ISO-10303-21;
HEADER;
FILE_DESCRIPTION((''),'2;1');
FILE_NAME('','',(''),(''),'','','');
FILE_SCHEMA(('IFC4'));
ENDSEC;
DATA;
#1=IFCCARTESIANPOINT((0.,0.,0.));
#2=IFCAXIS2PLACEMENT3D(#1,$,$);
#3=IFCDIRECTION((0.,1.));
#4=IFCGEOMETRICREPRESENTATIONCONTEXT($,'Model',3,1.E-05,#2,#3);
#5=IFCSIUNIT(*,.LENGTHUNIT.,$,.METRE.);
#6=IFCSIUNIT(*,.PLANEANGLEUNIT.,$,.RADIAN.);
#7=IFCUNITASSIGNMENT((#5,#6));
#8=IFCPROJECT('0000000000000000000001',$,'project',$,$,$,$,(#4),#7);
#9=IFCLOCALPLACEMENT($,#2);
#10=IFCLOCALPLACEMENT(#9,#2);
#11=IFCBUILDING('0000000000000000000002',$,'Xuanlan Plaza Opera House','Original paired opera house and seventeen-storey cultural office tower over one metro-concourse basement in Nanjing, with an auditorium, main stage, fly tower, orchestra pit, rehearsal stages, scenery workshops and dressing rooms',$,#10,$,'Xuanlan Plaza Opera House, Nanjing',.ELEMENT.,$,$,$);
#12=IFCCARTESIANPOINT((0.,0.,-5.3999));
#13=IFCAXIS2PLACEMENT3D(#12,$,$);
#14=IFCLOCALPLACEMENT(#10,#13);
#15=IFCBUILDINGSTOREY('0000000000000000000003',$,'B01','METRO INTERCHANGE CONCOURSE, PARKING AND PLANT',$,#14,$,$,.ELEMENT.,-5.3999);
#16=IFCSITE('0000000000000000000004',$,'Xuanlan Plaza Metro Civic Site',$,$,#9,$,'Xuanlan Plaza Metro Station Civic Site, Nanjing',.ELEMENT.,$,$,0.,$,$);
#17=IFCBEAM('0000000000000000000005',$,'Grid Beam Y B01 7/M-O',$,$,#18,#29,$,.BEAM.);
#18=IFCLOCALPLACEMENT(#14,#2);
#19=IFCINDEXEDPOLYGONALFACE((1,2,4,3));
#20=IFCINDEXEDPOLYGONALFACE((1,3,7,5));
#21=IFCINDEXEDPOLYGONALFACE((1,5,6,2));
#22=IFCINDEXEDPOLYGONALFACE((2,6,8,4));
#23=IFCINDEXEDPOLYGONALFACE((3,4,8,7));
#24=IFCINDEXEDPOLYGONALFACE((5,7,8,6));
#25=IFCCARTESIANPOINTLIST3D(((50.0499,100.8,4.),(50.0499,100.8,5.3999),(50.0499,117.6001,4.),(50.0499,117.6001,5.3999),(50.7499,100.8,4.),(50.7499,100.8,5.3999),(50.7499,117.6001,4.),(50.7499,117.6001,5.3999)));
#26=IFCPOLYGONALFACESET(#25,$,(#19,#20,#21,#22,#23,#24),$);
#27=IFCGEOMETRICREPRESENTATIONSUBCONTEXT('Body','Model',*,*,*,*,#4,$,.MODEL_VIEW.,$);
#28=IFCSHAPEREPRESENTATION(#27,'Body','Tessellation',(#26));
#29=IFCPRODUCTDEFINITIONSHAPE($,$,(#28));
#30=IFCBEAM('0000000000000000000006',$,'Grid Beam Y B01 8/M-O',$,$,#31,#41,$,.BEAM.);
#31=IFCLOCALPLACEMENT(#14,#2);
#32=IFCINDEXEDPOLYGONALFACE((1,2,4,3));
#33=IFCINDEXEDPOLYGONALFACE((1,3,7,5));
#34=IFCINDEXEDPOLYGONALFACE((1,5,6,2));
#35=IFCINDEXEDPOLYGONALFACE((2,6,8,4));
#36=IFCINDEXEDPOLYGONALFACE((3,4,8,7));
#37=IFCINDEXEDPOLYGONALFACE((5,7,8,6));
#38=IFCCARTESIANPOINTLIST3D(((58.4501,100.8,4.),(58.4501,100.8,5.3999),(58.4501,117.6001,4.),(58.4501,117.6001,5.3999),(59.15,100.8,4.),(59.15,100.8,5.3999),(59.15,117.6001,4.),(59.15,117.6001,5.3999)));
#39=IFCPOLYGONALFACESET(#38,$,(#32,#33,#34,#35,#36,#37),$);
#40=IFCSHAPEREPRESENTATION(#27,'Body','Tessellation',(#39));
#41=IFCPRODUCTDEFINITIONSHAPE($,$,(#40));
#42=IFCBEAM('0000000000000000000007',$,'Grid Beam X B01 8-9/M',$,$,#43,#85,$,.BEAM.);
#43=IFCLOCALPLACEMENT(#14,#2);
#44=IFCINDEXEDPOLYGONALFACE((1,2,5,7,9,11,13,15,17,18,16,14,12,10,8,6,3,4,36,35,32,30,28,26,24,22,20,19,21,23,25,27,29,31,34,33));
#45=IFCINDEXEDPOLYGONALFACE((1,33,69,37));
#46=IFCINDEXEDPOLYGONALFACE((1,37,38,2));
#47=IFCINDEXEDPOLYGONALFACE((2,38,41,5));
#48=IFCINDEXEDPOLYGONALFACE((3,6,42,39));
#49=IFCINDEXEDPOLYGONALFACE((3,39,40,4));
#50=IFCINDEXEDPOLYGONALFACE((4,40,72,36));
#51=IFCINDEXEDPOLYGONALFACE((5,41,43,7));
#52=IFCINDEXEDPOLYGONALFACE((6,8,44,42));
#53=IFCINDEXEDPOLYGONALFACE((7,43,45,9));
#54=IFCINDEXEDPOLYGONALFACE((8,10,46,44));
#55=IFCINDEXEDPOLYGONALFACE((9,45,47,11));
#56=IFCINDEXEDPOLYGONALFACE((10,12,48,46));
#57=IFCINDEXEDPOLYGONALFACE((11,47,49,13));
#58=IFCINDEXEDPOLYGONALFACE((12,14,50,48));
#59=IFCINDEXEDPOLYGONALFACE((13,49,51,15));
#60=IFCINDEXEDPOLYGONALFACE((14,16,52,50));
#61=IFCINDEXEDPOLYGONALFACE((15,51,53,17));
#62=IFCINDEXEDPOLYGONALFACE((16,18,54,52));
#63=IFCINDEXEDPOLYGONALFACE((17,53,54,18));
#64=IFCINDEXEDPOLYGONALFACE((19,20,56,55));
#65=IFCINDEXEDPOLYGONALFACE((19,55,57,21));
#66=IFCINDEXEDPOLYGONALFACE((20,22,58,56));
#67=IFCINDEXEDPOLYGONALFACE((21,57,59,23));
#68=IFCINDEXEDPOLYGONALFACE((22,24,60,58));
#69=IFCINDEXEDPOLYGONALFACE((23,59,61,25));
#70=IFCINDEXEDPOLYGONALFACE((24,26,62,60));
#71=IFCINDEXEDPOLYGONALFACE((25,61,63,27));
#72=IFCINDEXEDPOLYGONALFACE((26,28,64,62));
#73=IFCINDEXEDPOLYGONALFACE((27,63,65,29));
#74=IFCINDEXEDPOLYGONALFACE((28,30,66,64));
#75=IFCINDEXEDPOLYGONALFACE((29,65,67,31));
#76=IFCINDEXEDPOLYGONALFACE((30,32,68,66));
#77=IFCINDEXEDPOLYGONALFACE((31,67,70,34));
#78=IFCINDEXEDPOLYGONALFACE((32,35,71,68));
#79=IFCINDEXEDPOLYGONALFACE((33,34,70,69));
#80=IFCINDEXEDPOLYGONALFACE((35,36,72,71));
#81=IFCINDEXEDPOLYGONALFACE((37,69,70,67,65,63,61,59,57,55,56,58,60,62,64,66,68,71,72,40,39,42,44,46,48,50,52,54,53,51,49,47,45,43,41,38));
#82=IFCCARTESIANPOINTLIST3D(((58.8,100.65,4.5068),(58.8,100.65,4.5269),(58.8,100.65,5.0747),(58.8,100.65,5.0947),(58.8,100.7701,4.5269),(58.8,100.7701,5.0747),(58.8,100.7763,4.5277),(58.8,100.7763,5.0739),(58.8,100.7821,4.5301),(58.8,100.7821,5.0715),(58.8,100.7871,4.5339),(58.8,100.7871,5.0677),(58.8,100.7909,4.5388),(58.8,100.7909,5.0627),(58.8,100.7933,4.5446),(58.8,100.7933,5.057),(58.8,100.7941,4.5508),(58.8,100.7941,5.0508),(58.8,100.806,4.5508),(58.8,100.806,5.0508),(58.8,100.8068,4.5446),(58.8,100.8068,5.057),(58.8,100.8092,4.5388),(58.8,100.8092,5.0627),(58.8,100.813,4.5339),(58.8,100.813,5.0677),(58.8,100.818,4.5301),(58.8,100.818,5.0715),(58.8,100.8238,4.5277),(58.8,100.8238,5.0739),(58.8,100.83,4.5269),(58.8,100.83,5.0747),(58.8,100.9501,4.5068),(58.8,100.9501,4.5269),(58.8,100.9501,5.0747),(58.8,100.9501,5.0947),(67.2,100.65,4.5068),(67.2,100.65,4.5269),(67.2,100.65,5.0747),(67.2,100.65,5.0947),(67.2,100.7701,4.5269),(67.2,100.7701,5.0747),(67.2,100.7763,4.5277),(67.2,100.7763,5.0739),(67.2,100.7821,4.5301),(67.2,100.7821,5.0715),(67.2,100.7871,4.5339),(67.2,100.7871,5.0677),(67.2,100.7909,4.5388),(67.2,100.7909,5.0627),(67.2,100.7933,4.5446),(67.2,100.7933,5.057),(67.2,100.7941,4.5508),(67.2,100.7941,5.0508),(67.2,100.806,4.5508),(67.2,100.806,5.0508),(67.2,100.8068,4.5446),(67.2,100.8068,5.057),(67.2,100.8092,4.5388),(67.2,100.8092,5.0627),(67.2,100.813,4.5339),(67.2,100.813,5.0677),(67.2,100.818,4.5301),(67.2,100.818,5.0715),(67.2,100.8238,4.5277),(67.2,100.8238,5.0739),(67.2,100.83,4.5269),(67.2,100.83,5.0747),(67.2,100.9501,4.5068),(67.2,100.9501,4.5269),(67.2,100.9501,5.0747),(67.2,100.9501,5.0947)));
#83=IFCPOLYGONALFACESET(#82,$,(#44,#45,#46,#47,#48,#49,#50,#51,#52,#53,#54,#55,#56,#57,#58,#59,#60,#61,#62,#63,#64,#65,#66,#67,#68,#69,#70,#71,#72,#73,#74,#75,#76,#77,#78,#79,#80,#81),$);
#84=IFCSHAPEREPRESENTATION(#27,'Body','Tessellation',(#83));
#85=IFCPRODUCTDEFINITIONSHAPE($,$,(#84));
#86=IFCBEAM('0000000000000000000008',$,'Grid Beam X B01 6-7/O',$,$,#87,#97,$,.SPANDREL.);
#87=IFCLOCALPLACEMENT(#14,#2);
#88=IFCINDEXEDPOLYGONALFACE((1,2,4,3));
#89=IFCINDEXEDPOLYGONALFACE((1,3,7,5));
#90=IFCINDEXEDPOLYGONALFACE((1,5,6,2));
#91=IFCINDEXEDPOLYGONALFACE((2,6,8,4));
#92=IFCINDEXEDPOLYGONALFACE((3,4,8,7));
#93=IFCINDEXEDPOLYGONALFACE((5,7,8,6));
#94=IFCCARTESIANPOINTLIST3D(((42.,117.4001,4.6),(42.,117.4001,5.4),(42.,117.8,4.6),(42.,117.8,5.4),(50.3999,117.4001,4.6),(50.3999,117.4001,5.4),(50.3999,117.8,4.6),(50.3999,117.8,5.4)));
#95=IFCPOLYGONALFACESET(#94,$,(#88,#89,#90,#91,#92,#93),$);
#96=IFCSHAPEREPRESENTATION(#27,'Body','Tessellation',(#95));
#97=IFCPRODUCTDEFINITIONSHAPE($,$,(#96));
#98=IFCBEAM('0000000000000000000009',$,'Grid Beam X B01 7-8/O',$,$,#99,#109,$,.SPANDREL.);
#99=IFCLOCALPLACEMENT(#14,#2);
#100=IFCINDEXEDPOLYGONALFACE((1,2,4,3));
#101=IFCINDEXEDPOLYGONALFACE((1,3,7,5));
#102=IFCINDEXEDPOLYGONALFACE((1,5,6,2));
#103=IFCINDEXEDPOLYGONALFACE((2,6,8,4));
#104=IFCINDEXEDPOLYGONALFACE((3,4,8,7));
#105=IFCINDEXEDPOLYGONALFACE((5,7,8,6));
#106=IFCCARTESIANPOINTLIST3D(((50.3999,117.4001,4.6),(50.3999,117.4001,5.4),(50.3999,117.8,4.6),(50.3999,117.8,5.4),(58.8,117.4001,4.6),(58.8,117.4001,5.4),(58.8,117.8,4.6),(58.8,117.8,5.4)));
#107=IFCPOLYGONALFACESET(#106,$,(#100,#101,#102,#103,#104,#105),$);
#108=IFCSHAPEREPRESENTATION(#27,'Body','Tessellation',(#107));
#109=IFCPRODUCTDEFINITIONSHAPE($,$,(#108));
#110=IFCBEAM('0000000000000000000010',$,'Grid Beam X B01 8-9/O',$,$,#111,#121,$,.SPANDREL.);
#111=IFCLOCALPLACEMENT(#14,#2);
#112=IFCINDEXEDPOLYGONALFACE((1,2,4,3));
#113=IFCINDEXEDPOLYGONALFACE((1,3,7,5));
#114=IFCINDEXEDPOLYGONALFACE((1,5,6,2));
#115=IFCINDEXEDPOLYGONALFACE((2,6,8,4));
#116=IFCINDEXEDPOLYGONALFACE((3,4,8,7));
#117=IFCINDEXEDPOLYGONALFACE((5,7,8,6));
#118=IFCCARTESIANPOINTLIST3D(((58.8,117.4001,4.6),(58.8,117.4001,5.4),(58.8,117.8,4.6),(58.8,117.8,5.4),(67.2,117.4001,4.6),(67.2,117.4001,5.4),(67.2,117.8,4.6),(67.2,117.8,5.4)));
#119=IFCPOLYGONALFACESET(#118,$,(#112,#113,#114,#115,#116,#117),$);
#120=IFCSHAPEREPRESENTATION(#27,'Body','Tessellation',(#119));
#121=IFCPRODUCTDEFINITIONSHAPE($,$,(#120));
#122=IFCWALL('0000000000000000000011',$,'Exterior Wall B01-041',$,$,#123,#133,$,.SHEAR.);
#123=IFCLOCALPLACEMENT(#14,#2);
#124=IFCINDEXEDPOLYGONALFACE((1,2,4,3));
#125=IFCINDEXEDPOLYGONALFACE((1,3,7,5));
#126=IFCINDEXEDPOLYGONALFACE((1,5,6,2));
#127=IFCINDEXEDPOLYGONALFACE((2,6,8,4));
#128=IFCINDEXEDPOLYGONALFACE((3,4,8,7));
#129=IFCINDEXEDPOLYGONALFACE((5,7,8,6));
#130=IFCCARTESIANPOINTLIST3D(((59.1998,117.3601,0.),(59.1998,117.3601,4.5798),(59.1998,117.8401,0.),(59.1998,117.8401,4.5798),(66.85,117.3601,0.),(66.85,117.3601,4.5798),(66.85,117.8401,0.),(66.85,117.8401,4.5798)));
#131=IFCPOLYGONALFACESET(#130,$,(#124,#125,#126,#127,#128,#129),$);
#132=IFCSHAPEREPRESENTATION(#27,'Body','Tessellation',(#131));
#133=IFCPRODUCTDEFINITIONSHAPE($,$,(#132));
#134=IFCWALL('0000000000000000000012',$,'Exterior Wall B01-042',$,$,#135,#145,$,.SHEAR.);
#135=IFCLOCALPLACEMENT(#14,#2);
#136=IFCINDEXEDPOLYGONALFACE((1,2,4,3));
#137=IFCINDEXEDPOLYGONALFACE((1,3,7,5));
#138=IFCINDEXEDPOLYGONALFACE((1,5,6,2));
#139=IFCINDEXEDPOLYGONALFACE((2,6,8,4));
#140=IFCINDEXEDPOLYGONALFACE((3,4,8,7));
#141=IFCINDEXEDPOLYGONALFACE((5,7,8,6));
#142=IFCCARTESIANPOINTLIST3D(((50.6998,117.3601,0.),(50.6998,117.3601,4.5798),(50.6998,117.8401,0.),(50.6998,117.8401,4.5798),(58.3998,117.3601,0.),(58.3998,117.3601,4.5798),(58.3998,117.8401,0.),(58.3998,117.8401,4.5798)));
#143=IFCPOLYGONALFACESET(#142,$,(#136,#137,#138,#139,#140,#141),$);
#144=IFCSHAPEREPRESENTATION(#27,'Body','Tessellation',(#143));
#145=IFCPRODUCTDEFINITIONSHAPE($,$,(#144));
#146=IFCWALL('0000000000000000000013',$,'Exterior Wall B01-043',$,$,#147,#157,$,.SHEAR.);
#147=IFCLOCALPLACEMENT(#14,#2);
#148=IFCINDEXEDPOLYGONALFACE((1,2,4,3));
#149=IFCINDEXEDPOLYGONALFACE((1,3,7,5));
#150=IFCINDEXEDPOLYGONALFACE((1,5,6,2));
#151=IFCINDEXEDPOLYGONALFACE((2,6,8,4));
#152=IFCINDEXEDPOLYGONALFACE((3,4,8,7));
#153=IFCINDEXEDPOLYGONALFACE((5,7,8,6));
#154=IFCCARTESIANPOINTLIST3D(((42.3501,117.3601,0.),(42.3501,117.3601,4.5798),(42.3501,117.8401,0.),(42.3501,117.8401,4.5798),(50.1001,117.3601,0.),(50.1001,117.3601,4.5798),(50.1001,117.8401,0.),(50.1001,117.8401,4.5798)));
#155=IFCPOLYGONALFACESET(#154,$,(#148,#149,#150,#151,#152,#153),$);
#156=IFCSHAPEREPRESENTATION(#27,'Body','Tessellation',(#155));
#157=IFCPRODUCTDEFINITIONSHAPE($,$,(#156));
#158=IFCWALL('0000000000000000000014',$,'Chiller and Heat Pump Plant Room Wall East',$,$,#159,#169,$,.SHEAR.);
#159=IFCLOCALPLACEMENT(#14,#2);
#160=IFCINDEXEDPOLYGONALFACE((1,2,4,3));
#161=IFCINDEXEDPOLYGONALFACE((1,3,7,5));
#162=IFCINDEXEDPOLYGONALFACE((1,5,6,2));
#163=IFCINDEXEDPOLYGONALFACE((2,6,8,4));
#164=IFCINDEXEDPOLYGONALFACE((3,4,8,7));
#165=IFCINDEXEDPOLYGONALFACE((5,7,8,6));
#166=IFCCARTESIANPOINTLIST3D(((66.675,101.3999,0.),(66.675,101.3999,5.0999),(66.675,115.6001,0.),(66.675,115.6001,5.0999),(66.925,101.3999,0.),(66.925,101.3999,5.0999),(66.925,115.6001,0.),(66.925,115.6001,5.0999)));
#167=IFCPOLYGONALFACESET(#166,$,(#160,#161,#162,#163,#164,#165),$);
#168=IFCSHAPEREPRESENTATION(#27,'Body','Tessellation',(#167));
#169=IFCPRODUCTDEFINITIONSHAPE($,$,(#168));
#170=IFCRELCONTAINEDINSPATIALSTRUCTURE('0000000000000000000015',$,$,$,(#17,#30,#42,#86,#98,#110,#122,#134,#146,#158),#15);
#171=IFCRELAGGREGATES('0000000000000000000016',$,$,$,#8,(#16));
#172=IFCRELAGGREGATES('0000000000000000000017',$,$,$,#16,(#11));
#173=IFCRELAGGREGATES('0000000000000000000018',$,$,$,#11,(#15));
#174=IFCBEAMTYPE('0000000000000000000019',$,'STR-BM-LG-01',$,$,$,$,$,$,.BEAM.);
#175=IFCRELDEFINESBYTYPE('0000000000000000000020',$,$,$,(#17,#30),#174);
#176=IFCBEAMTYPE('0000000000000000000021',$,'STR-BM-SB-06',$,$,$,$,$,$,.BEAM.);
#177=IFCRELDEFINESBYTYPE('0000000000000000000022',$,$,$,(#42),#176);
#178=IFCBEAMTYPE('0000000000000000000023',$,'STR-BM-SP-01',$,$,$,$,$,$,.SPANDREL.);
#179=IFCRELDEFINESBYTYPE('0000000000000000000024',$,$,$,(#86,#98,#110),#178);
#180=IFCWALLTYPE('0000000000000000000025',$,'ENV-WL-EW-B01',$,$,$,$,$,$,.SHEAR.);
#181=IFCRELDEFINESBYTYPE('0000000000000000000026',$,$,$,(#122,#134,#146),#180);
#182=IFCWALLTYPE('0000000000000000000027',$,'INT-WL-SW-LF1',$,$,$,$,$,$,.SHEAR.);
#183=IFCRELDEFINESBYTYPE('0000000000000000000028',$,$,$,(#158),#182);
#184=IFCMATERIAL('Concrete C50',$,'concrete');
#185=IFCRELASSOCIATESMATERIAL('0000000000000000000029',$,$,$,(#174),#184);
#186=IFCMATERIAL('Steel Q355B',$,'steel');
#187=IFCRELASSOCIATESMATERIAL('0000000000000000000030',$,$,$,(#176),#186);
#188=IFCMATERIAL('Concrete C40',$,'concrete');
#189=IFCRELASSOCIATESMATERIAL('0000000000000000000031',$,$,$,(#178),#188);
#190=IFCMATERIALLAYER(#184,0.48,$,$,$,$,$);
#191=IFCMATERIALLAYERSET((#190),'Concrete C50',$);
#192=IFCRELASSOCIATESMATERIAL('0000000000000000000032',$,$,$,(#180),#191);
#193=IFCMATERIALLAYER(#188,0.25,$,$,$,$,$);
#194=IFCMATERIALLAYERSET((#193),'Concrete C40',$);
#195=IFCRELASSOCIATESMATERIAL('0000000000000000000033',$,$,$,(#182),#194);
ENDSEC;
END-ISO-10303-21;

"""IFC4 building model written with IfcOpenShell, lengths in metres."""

from ifc_helpers import new_model, si_unit, direction, frame, frame_2d, origin, origin_2d, place, context, subcontext, project, spatial, rectangle, i_section, extrude, material, layer, layer_set, material_profile, profile_set, type_object, element, save


model = new_model("IFC4")

# Units and contexts
model_context = context("Model", 3, precision=1e-05, world=origin(), true_north=direction((0.0, 1.0)))
body_context = subcontext(model_context, "Body", "Model", "MODEL_VIEW")
ifc_project = project(units=[si_unit("LENGTHUNIT", "METRE"), si_unit("PLANEANGLEUNIT", "RADIAN")], contexts=[model_context])

# Site, building, storey
site_placement = place(None, origin())
site = spatial("IfcSite", under=ifc_project, at=site_placement, Name="Xuanlan Plaza Metro Civic Site", LongName="Xuanlan Plaza Metro Station Civic Site, Nanjing", CompositionType="ELEMENT", RefElevation=0.0)
building_placement = place(site_placement, origin())
building = spatial("IfcBuilding", under=site, at=building_placement, Name="Xuanlan Plaza Opera House", Description="Original paired opera house and seventeen-storey cultural office tower over one metro-concourse basement in Nanjing, with an auditorium, main stage, fly tower, orchestra pit, rehearsal stages, scenery workshops and dressing rooms", LongName="Xuanlan Plaza Opera House, Nanjing", CompositionType="ELEMENT")
storey_placement = place(building_placement, frame((0.0, 0.0, -5.3999)))
storey = spatial("IfcBuildingStorey", under=building, at=storey_placement, Name="B01", Description="METRO INTERCHANGE CONCOURSE, PARKING AND PLANT", CompositionType="ELEMENT", Elevation=-5.3999)

# Shared definitions
ifc_material_1 = material(Name="Concrete C50", Category="concrete")
ifc_material_2 = material(Name="Concrete C40", Category="concrete")

# Beams
ifc_material_profile_1 = material_profile(ifc_material_1, rectangle(XDim=0.7, YDim=1.3999, at=origin_2d()), Name="RC-LG 700x1400")
ifc_profile_set_1 = profile_set([ifc_material_profile_1], Name="Concrete C50")
beam_type_1 = type_object("IfcBeamType", Name="STR-BM-LG-01", PredefinedType="BEAM", material=ifc_profile_set_1)
for number, where, z_axis, x_axis, name in (
    (1, (50.3999, 100.8, 4.7), (0.0, 1.0, 0.0), (-1.0, 0.0, 0.0), "Grid Beam Y B01 7/M-O"),
    (2, (58.8, 100.8, 4.7), (0.0, 1.0, 0.0), (-1.0, 0.0, 0.0), "Grid Beam Y B01 8/M-O"),
):
    element("IfcBeam", number, at=place(storey_placement, frame(where, z_axis=z_axis, x_axis=x_axis)), inside=storey, type_object=beam_type_1, Name=name, PredefinedType="BEAM", context=body_context, shape_type="SweptSolid", body=[
        extrude(rectangle(XDim=0.7, YDim=1.3999, at=origin_2d()), origin(), (0.0, 0.0, 1.0), 16.8),
    ])
ifc_material_3 = material(Name="Steel Q355B", Category="steel")
ifc_material_profile_2 = material_profile(ifc_material_3, i_section(OverallWidth=0.3, OverallDepth=0.5879, WebThickness=0.012, FlangeThickness=0.02, FilletRadius=0.0239, at=origin_2d()), Name="HM 588x300x12x20")
ifc_profile_set_2 = profile_set([ifc_material_profile_2], Name="Steel Q355B")
beam_type_2 = type_object("IfcBeamType", Name="STR-BM-SB-06", PredefinedType="BEAM", material=ifc_profile_set_2)
beam_1_placement = place(storey_placement, frame((58.8, 100.8, 4.8008), z_axis=(1.0, 0.0, 0.0), x_axis=(0.0, 1.0, 0.0)))
element("IfcBeam", 3, at=beam_1_placement, inside=storey, type_object=beam_type_2, Name="Grid Beam X B01 8-9/M", PredefinedType="BEAM", context=body_context, shape_type="SweptSolid", body=[
    extrude(i_section(OverallWidth=0.3, OverallDepth=0.5879, WebThickness=0.012, FlangeThickness=0.02, FilletRadius=0.0239, at=origin_2d()), origin(), (0.0, 0.0, 1.0), 8.3999),
])
ifc_material_profile_3 = material_profile(ifc_material_2, rectangle(XDim=0.3999, YDim=0.8, at=origin_2d()), Name="RC-SPD 400x800")
ifc_profile_set_3 = profile_set([ifc_material_profile_3], Name="Concrete C40")
beam_type_3 = type_object("IfcBeamType", Name="STR-BM-SP-01", PredefinedType="SPANDREL", material=ifc_profile_set_3)
beam_2_placement = place(storey_placement, frame((42.0, 117.6001, 5.0), z_axis=(1.0, 0.0, 0.0), x_axis=(0.0, 1.0, 0.0)))
element("IfcBeam", 4, at=beam_2_placement, inside=storey, type_object=beam_type_3, Name="Grid Beam X B01 6-7/O", PredefinedType="SPANDREL", context=body_context, shape_type="SweptSolid", body=[
    extrude(rectangle(XDim=0.3999, YDim=0.8, at=origin_2d()), origin(), (0.0, 0.0, 1.0), 8.3999),
])
beam_3_placement = place(storey_placement, frame((50.3999, 117.6001, 5.0), z_axis=(1.0, 0.0, 0.0), x_axis=(0.0, 1.0, 0.0)))
element("IfcBeam", 5, at=beam_3_placement, inside=storey, type_object=beam_type_3, Name="Grid Beam X B01 7-8/O", PredefinedType="SPANDREL", context=body_context, shape_type="SweptSolid", body=[
    extrude(rectangle(XDim=0.3999, YDim=0.8, at=origin_2d()), origin(), (0.0, 0.0, 1.0), 8.4001),
])
beam_4_placement = place(storey_placement, frame((58.8, 117.6001, 5.0), z_axis=(1.0, 0.0, 0.0), x_axis=(0.0, 1.0, 0.0)))
element("IfcBeam", 6, at=beam_4_placement, inside=storey, type_object=beam_type_3, Name="Grid Beam X B01 8-9/O", PredefinedType="SPANDREL", context=body_context, shape_type="SweptSolid", body=[
    extrude(rectangle(XDim=0.3999, YDim=0.8, at=origin_2d()), origin(), (0.0, 0.0, 1.0), 8.3999),
])

# Walls
ifc_layer_1 = layer(ifc_material_1, 0.48)
ifc_layer_set_1 = layer_set([ifc_layer_1], Name="Concrete C50")
wall_type_1 = type_object("IfcWallType", Name="ENV-WL-EW-B01", PredefinedType="SHEAR", material=ifc_layer_set_1)
wall_1_placement = place(storey_placement, frame((66.8501, 117.6001, 0.0), z_axis=(0.0, 0.0, 1.0), x_axis=(-1.0, 0.0, 0.0)))
element("IfcWall", 7, at=wall_1_placement, inside=storey, type_object=wall_type_1, Name="Exterior Wall B01-041", PredefinedType="SHEAR", context=body_context, shape_type="SweptSolid", body=[
    extrude(rectangle(XDim=7.6501, YDim=0.48, at=frame_2d((3.8252, 0.0))), origin(), (0.0, 0.0, 1.0), 4.5798),
])
wall_2_placement = place(storey_placement, frame((58.3999, 117.6001, 0.0), z_axis=(0.0, 0.0, 1.0), x_axis=(-1.0, 0.0, 0.0)))
element("IfcWall", 8, at=wall_2_placement, inside=storey, type_object=wall_type_1, Name="Exterior Wall B01-042", PredefinedType="SHEAR", context=body_context, shape_type="SweptSolid", body=[
    extrude(rectangle(XDim=7.7, YDim=0.48, at=frame_2d((3.8501, 0.0))), origin(), (0.0, 0.0, 1.0), 4.5798),
])
wall_3_placement = place(storey_placement, frame((50.1001, 117.6001, 0.0), z_axis=(0.0, 0.0, 1.0), x_axis=(-1.0, 0.0, 0.0)))
element("IfcWall", 9, at=wall_3_placement, inside=storey, type_object=wall_type_1, Name="Exterior Wall B01-043", PredefinedType="SHEAR", context=body_context, shape_type="SweptSolid", body=[
    extrude(rectangle(XDim=7.75, YDim=0.48, at=frame_2d((3.875, 0.0))), origin(), (0.0, 0.0, 1.0), 4.5798),
])
ifc_layer_2 = layer(ifc_material_2, 0.25)
ifc_layer_set_2 = layer_set([ifc_layer_2], Name="Concrete C40")
wall_type_2 = type_object("IfcWallType", Name="INT-WL-SW-LF1", PredefinedType="SHEAR", material=ifc_layer_set_2)
wall_4_placement = place(storey_placement, frame((66.8, 101.3999, 0.0), z_axis=(0.0, 0.0, 1.0), x_axis=(0.0, 1.0, 0.0)))
element("IfcWall", 10, at=wall_4_placement, inside=storey, type_object=wall_type_2, Name="Chiller and Heat Pump Plant Room Wall East", PredefinedType="SHEAR", context=body_context, shape_type="SweptSolid", body=[
    extrude(rectangle(XDim=14.2002, YDim=0.25, at=frame_2d((7.1001, 0.0))), origin(), (0.0, 0.0, 1.0), 5.0999),
])

save(model, "model.ifc")
